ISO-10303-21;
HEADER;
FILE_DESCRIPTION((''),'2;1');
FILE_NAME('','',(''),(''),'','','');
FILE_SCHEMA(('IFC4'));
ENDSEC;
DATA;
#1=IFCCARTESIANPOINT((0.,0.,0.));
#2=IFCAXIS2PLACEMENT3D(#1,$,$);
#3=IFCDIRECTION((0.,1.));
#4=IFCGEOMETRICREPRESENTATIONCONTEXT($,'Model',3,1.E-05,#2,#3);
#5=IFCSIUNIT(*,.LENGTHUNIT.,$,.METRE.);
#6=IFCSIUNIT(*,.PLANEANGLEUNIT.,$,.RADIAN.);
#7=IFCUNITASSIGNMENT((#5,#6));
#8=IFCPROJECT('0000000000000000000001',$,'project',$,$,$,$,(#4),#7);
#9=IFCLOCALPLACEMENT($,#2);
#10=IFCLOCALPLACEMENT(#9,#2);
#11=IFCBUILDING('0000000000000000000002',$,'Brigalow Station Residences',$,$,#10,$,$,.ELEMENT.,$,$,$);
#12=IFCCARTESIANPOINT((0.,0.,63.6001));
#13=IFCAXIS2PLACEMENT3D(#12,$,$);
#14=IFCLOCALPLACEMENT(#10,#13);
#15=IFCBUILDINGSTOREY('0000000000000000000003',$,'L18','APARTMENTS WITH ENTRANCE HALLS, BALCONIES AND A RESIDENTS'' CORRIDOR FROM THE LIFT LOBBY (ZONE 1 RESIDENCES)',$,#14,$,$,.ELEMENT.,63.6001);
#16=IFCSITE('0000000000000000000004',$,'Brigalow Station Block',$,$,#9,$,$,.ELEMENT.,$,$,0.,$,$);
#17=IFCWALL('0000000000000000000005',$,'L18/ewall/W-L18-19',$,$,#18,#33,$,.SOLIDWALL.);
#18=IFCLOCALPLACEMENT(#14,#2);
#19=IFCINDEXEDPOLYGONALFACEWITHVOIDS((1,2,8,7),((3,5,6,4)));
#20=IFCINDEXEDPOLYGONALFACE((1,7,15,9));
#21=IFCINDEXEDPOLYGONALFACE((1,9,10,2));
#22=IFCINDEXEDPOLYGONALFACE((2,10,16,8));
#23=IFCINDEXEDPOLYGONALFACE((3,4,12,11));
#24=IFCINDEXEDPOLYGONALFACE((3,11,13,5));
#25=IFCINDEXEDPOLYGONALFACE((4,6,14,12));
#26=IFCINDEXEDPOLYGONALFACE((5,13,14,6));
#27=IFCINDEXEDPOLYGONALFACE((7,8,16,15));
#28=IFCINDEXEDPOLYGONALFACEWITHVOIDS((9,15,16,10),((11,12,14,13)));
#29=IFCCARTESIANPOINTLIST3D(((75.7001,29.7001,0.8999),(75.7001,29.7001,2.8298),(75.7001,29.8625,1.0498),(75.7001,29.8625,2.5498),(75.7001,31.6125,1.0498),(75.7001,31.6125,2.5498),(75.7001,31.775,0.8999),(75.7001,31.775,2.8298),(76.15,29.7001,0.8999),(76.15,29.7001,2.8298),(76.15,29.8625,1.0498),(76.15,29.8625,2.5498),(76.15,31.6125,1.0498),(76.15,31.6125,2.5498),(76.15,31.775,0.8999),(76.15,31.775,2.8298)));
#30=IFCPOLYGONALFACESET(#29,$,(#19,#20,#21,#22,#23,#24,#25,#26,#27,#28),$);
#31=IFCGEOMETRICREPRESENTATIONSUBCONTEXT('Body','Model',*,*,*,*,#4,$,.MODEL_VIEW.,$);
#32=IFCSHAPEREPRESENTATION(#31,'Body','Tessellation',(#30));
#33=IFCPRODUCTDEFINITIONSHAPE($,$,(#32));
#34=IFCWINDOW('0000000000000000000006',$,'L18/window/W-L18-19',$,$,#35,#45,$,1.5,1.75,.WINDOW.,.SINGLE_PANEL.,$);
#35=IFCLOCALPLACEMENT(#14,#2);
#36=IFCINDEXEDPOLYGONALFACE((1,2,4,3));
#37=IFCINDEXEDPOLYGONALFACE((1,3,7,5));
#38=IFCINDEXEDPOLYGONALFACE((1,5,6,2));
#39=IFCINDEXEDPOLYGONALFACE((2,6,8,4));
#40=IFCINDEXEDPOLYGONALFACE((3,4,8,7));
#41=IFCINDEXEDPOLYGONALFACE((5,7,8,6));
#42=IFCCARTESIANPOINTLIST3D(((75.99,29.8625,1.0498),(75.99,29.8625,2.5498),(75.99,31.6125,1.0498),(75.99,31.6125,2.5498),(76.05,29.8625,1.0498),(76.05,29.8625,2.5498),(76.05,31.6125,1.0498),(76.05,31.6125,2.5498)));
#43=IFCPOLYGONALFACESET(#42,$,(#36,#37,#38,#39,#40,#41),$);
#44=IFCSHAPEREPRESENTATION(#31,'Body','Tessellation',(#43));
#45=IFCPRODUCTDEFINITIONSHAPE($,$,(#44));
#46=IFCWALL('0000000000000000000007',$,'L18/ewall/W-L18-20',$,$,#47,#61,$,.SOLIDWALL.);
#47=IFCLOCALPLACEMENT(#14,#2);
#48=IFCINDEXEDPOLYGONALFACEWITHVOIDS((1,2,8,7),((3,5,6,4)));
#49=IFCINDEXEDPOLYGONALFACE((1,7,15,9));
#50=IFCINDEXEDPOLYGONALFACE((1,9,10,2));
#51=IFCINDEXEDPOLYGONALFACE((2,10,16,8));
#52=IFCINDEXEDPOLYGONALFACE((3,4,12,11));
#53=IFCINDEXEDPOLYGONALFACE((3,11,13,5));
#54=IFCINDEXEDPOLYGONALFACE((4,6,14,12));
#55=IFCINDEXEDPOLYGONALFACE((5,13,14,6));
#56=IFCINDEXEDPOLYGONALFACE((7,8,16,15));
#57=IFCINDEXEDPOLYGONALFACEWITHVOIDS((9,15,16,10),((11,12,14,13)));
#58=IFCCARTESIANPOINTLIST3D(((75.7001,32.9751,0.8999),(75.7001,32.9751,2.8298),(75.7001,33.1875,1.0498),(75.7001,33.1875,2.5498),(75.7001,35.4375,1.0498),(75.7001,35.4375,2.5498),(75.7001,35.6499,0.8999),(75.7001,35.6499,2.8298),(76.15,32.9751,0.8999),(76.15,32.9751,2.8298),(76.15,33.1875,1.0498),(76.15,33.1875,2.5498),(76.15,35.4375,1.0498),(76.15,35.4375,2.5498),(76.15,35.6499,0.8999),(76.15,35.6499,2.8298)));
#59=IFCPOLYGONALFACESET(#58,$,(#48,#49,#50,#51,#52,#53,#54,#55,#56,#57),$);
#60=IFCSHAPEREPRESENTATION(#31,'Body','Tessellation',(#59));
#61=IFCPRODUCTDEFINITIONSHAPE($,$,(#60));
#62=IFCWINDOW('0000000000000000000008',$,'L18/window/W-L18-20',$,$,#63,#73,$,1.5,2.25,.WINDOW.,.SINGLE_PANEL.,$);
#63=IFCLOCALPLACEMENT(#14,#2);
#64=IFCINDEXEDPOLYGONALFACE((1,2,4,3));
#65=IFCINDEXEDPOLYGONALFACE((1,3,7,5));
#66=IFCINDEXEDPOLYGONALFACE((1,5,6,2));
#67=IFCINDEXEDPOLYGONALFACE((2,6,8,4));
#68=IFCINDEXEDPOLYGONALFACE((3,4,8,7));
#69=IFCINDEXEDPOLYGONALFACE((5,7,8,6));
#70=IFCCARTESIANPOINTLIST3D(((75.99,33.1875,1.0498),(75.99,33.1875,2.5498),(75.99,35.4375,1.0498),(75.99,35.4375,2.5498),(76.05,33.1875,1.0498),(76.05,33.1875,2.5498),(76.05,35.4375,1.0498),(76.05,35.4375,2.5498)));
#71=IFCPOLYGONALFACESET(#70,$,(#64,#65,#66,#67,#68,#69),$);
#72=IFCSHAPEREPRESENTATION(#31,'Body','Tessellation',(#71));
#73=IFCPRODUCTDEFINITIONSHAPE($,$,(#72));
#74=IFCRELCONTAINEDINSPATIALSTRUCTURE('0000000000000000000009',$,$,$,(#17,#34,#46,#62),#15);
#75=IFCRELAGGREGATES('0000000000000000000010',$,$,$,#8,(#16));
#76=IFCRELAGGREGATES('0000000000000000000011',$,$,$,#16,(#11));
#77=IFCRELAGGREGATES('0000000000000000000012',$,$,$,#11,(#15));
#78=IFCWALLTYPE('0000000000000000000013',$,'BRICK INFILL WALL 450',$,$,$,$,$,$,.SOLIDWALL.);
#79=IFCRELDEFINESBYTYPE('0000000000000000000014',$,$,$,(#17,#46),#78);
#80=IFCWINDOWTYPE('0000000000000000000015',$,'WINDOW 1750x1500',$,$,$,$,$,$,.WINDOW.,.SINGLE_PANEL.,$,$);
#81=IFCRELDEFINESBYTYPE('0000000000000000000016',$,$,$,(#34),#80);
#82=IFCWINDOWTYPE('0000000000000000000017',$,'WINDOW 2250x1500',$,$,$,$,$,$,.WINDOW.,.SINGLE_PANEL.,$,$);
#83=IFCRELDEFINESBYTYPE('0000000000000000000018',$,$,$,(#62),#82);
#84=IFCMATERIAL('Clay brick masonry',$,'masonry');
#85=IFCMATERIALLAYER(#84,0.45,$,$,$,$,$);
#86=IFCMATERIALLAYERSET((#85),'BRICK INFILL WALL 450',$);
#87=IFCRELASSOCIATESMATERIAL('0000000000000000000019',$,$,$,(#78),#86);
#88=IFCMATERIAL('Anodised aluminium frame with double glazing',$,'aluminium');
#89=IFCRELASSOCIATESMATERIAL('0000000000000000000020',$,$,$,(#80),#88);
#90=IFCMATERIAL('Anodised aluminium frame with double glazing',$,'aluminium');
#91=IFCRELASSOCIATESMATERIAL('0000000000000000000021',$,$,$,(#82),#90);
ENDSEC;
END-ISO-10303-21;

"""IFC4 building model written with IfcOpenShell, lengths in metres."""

from ifc_helpers import new_model, si_unit, direction, frame, frame_2d, origin, place, context, subcontext, project, spatial, rectangle, extrude, material, layer, layer_set, type_object, element, fill, save


model = new_model("IFC4")

# Units and contexts
model_context = context("Model", 3, precision=1e-05, world=origin(), true_north=direction((0.0, 1.0)))
body_context = subcontext(model_context, "Body", "Model", "MODEL_VIEW")
ifc_project = project(units=[si_unit("LENGTHUNIT", "METRE"), si_unit("PLANEANGLEUNIT", "RADIAN")], contexts=[model_context])

# Site, building, storey
site_placement = place(None, origin())
site = spatial("IfcSite", under=ifc_project, at=site_placement, Name="Brigalow Station Block", CompositionType="ELEMENT", RefElevation=0.0)
building_placement = place(site_placement, origin())
building = spatial("IfcBuilding", under=site, at=building_placement, Name="Brigalow Station Residences", CompositionType="ELEMENT")
storey_placement = place(building_placement, frame((0.0, 0.0, 63.6001)))
storey = spatial("IfcBuildingStorey", under=building, at=storey_placement, Name="L18", Description="APARTMENTS WITH ENTRANCE HALLS, BALCONIES AND A RESIDENTS' CORRIDOR FROM THE LIFT LOBBY (ZONE 1 RESIDENCES)", CompositionType="ELEMENT", Elevation=63.6001)

# Shared definitions
ifc_material_1 = material(Name="Clay brick masonry", Category="masonry")
ifc_layer = layer(ifc_material_1, 0.45)
ifc_layer_set = layer_set([ifc_layer], Name="BRICK INFILL WALL 450")
wall_type = type_object("IfcWallType", Name="BRICK INFILL WALL 450", PredefinedType="SOLIDWALL", material=ifc_layer_set)

# Walls, openings, windows
wall_1_placement = place(storey_placement, frame((75.925, 29.7, 0.8999), z_axis=(0.0, 0.0, 1.0), x_axis=(0.0, 1.0, 0.0)))
wall_1 = element("IfcWall", 1, at=wall_1_placement, inside=storey, type_object=wall_type, Name="L18/ewall/W-L18-19", PredefinedType="SOLIDWALL", context=body_context, shape_type="SweptSolid", body=[
    extrude(rectangle(XDim=2.075, YDim=0.45, at=frame_2d((1.0376, 0.0))), origin(), (0.0, 0.0, 1.0), 1.9299),
])
opening_1_placement = place(wall_1_placement, frame((0.1626, 0.0, 0.1499)))
opening_1 = element("IfcOpeningElement", 2, at=opening_1_placement, cuts=wall_1, PredefinedType="OPENING", context=body_context, shape_type="SweptSolid", body=[
    extrude(rectangle(XDim=1.75, YDim=1.5, at=frame_2d((0.875, 0.75))), frame((0.0, 0.2349, 0.0), z_axis=(0.0, -1.0, 0.0), x_axis=(1.0, 0.0, 0.0)), (0.0, 0.0, 1.0), 0.47),
])
ifc_material_2 = material(Name="Anodised aluminium frame with double glazing", Category="aluminium")
window_type_1 = type_object("IfcWindowType", Name="WINDOW 1750x1500", PartitioningType="SINGLE_PANEL", PredefinedType="WINDOW", material=ifc_material_2)
window_1_placement = place(opening_1_placement, origin())
window_1 = element("IfcWindow", 3, at=window_1_placement, inside=storey, type_object=window_type_1, Name="L18/window/W-L18-19", OverallHeight=1.5, OverallWidth=1.75, PartitioningType="SINGLE_PANEL", PredefinedType="WINDOW", context=body_context, shape_type="SweptSolid", body=[
    extrude(rectangle(XDim=1.75, YDim=1.5, at=frame_2d((0.875, 0.75))), frame((0.0, -0.0649, 0.0), z_axis=(0.0, -1.0, 0.0), x_axis=(1.0, 0.0, 0.0)), (0.0, 0.0, 1.0), 0.0601),
])
fill(opening_1, window_1)
wall_2_placement = place(storey_placement, frame((75.925, 32.9751, 0.8999), z_axis=(0.0, 0.0, 1.0), x_axis=(0.0, 1.0, 0.0)))
wall_2 = element("IfcWall", 4, at=wall_2_placement, inside=storey, type_object=wall_type, Name="L18/ewall/W-L18-20", PredefinedType="SOLIDWALL", context=body_context, shape_type="SweptSolid", body=[
    extrude(rectangle(XDim=2.6748, YDim=0.45, at=frame_2d((1.3374, 0.0))), origin(), (0.0, 0.0, 1.0), 1.9299),
])
opening_2_placement = place(wall_2_placement, frame((0.2124, 0.0, 0.1499)))
opening_2 = element("IfcOpeningElement", 5, at=opening_2_placement, cuts=wall_2, PredefinedType="OPENING", context=body_context, shape_type="SweptSolid", body=[
    extrude(rectangle(XDim=2.25, YDim=1.5, at=frame_2d((1.125, 0.75))), frame((0.0, 0.2349, 0.0), z_axis=(0.0, -1.0, 0.0), x_axis=(1.0, 0.0, 0.0)), (0.0, 0.0, 1.0), 0.47),
])
ifc_material_3 = material(Name="Anodised aluminium frame with double glazing", Category="aluminium")
window_type_2 = type_object("IfcWindowType", Name="WINDOW 2250x1500", PartitioningType="SINGLE_PANEL", PredefinedType="WINDOW", material=ifc_material_3)
window_2_placement = place(opening_2_placement, origin())
window_2 = element("IfcWindow", 6, at=window_2_placement, inside=storey, type_object=window_type_2, Name="L18/window/W-L18-20", OverallHeight=1.5, OverallWidth=2.25, PartitioningType="SINGLE_PANEL", PredefinedType="WINDOW", context=body_context, shape_type="SweptSolid", body=[
    extrude(rectangle(XDim=2.25, YDim=1.5, at=frame_2d((1.125, 0.75))), frame((0.0, -0.0649, 0.0), z_axis=(0.0, -1.0, 0.0), x_axis=(1.0, 0.0, 0.0)), (0.0, 0.0, 1.0), 0.0601),
])
fill(opening_2, window_2)

save(model, "model.ifc")
